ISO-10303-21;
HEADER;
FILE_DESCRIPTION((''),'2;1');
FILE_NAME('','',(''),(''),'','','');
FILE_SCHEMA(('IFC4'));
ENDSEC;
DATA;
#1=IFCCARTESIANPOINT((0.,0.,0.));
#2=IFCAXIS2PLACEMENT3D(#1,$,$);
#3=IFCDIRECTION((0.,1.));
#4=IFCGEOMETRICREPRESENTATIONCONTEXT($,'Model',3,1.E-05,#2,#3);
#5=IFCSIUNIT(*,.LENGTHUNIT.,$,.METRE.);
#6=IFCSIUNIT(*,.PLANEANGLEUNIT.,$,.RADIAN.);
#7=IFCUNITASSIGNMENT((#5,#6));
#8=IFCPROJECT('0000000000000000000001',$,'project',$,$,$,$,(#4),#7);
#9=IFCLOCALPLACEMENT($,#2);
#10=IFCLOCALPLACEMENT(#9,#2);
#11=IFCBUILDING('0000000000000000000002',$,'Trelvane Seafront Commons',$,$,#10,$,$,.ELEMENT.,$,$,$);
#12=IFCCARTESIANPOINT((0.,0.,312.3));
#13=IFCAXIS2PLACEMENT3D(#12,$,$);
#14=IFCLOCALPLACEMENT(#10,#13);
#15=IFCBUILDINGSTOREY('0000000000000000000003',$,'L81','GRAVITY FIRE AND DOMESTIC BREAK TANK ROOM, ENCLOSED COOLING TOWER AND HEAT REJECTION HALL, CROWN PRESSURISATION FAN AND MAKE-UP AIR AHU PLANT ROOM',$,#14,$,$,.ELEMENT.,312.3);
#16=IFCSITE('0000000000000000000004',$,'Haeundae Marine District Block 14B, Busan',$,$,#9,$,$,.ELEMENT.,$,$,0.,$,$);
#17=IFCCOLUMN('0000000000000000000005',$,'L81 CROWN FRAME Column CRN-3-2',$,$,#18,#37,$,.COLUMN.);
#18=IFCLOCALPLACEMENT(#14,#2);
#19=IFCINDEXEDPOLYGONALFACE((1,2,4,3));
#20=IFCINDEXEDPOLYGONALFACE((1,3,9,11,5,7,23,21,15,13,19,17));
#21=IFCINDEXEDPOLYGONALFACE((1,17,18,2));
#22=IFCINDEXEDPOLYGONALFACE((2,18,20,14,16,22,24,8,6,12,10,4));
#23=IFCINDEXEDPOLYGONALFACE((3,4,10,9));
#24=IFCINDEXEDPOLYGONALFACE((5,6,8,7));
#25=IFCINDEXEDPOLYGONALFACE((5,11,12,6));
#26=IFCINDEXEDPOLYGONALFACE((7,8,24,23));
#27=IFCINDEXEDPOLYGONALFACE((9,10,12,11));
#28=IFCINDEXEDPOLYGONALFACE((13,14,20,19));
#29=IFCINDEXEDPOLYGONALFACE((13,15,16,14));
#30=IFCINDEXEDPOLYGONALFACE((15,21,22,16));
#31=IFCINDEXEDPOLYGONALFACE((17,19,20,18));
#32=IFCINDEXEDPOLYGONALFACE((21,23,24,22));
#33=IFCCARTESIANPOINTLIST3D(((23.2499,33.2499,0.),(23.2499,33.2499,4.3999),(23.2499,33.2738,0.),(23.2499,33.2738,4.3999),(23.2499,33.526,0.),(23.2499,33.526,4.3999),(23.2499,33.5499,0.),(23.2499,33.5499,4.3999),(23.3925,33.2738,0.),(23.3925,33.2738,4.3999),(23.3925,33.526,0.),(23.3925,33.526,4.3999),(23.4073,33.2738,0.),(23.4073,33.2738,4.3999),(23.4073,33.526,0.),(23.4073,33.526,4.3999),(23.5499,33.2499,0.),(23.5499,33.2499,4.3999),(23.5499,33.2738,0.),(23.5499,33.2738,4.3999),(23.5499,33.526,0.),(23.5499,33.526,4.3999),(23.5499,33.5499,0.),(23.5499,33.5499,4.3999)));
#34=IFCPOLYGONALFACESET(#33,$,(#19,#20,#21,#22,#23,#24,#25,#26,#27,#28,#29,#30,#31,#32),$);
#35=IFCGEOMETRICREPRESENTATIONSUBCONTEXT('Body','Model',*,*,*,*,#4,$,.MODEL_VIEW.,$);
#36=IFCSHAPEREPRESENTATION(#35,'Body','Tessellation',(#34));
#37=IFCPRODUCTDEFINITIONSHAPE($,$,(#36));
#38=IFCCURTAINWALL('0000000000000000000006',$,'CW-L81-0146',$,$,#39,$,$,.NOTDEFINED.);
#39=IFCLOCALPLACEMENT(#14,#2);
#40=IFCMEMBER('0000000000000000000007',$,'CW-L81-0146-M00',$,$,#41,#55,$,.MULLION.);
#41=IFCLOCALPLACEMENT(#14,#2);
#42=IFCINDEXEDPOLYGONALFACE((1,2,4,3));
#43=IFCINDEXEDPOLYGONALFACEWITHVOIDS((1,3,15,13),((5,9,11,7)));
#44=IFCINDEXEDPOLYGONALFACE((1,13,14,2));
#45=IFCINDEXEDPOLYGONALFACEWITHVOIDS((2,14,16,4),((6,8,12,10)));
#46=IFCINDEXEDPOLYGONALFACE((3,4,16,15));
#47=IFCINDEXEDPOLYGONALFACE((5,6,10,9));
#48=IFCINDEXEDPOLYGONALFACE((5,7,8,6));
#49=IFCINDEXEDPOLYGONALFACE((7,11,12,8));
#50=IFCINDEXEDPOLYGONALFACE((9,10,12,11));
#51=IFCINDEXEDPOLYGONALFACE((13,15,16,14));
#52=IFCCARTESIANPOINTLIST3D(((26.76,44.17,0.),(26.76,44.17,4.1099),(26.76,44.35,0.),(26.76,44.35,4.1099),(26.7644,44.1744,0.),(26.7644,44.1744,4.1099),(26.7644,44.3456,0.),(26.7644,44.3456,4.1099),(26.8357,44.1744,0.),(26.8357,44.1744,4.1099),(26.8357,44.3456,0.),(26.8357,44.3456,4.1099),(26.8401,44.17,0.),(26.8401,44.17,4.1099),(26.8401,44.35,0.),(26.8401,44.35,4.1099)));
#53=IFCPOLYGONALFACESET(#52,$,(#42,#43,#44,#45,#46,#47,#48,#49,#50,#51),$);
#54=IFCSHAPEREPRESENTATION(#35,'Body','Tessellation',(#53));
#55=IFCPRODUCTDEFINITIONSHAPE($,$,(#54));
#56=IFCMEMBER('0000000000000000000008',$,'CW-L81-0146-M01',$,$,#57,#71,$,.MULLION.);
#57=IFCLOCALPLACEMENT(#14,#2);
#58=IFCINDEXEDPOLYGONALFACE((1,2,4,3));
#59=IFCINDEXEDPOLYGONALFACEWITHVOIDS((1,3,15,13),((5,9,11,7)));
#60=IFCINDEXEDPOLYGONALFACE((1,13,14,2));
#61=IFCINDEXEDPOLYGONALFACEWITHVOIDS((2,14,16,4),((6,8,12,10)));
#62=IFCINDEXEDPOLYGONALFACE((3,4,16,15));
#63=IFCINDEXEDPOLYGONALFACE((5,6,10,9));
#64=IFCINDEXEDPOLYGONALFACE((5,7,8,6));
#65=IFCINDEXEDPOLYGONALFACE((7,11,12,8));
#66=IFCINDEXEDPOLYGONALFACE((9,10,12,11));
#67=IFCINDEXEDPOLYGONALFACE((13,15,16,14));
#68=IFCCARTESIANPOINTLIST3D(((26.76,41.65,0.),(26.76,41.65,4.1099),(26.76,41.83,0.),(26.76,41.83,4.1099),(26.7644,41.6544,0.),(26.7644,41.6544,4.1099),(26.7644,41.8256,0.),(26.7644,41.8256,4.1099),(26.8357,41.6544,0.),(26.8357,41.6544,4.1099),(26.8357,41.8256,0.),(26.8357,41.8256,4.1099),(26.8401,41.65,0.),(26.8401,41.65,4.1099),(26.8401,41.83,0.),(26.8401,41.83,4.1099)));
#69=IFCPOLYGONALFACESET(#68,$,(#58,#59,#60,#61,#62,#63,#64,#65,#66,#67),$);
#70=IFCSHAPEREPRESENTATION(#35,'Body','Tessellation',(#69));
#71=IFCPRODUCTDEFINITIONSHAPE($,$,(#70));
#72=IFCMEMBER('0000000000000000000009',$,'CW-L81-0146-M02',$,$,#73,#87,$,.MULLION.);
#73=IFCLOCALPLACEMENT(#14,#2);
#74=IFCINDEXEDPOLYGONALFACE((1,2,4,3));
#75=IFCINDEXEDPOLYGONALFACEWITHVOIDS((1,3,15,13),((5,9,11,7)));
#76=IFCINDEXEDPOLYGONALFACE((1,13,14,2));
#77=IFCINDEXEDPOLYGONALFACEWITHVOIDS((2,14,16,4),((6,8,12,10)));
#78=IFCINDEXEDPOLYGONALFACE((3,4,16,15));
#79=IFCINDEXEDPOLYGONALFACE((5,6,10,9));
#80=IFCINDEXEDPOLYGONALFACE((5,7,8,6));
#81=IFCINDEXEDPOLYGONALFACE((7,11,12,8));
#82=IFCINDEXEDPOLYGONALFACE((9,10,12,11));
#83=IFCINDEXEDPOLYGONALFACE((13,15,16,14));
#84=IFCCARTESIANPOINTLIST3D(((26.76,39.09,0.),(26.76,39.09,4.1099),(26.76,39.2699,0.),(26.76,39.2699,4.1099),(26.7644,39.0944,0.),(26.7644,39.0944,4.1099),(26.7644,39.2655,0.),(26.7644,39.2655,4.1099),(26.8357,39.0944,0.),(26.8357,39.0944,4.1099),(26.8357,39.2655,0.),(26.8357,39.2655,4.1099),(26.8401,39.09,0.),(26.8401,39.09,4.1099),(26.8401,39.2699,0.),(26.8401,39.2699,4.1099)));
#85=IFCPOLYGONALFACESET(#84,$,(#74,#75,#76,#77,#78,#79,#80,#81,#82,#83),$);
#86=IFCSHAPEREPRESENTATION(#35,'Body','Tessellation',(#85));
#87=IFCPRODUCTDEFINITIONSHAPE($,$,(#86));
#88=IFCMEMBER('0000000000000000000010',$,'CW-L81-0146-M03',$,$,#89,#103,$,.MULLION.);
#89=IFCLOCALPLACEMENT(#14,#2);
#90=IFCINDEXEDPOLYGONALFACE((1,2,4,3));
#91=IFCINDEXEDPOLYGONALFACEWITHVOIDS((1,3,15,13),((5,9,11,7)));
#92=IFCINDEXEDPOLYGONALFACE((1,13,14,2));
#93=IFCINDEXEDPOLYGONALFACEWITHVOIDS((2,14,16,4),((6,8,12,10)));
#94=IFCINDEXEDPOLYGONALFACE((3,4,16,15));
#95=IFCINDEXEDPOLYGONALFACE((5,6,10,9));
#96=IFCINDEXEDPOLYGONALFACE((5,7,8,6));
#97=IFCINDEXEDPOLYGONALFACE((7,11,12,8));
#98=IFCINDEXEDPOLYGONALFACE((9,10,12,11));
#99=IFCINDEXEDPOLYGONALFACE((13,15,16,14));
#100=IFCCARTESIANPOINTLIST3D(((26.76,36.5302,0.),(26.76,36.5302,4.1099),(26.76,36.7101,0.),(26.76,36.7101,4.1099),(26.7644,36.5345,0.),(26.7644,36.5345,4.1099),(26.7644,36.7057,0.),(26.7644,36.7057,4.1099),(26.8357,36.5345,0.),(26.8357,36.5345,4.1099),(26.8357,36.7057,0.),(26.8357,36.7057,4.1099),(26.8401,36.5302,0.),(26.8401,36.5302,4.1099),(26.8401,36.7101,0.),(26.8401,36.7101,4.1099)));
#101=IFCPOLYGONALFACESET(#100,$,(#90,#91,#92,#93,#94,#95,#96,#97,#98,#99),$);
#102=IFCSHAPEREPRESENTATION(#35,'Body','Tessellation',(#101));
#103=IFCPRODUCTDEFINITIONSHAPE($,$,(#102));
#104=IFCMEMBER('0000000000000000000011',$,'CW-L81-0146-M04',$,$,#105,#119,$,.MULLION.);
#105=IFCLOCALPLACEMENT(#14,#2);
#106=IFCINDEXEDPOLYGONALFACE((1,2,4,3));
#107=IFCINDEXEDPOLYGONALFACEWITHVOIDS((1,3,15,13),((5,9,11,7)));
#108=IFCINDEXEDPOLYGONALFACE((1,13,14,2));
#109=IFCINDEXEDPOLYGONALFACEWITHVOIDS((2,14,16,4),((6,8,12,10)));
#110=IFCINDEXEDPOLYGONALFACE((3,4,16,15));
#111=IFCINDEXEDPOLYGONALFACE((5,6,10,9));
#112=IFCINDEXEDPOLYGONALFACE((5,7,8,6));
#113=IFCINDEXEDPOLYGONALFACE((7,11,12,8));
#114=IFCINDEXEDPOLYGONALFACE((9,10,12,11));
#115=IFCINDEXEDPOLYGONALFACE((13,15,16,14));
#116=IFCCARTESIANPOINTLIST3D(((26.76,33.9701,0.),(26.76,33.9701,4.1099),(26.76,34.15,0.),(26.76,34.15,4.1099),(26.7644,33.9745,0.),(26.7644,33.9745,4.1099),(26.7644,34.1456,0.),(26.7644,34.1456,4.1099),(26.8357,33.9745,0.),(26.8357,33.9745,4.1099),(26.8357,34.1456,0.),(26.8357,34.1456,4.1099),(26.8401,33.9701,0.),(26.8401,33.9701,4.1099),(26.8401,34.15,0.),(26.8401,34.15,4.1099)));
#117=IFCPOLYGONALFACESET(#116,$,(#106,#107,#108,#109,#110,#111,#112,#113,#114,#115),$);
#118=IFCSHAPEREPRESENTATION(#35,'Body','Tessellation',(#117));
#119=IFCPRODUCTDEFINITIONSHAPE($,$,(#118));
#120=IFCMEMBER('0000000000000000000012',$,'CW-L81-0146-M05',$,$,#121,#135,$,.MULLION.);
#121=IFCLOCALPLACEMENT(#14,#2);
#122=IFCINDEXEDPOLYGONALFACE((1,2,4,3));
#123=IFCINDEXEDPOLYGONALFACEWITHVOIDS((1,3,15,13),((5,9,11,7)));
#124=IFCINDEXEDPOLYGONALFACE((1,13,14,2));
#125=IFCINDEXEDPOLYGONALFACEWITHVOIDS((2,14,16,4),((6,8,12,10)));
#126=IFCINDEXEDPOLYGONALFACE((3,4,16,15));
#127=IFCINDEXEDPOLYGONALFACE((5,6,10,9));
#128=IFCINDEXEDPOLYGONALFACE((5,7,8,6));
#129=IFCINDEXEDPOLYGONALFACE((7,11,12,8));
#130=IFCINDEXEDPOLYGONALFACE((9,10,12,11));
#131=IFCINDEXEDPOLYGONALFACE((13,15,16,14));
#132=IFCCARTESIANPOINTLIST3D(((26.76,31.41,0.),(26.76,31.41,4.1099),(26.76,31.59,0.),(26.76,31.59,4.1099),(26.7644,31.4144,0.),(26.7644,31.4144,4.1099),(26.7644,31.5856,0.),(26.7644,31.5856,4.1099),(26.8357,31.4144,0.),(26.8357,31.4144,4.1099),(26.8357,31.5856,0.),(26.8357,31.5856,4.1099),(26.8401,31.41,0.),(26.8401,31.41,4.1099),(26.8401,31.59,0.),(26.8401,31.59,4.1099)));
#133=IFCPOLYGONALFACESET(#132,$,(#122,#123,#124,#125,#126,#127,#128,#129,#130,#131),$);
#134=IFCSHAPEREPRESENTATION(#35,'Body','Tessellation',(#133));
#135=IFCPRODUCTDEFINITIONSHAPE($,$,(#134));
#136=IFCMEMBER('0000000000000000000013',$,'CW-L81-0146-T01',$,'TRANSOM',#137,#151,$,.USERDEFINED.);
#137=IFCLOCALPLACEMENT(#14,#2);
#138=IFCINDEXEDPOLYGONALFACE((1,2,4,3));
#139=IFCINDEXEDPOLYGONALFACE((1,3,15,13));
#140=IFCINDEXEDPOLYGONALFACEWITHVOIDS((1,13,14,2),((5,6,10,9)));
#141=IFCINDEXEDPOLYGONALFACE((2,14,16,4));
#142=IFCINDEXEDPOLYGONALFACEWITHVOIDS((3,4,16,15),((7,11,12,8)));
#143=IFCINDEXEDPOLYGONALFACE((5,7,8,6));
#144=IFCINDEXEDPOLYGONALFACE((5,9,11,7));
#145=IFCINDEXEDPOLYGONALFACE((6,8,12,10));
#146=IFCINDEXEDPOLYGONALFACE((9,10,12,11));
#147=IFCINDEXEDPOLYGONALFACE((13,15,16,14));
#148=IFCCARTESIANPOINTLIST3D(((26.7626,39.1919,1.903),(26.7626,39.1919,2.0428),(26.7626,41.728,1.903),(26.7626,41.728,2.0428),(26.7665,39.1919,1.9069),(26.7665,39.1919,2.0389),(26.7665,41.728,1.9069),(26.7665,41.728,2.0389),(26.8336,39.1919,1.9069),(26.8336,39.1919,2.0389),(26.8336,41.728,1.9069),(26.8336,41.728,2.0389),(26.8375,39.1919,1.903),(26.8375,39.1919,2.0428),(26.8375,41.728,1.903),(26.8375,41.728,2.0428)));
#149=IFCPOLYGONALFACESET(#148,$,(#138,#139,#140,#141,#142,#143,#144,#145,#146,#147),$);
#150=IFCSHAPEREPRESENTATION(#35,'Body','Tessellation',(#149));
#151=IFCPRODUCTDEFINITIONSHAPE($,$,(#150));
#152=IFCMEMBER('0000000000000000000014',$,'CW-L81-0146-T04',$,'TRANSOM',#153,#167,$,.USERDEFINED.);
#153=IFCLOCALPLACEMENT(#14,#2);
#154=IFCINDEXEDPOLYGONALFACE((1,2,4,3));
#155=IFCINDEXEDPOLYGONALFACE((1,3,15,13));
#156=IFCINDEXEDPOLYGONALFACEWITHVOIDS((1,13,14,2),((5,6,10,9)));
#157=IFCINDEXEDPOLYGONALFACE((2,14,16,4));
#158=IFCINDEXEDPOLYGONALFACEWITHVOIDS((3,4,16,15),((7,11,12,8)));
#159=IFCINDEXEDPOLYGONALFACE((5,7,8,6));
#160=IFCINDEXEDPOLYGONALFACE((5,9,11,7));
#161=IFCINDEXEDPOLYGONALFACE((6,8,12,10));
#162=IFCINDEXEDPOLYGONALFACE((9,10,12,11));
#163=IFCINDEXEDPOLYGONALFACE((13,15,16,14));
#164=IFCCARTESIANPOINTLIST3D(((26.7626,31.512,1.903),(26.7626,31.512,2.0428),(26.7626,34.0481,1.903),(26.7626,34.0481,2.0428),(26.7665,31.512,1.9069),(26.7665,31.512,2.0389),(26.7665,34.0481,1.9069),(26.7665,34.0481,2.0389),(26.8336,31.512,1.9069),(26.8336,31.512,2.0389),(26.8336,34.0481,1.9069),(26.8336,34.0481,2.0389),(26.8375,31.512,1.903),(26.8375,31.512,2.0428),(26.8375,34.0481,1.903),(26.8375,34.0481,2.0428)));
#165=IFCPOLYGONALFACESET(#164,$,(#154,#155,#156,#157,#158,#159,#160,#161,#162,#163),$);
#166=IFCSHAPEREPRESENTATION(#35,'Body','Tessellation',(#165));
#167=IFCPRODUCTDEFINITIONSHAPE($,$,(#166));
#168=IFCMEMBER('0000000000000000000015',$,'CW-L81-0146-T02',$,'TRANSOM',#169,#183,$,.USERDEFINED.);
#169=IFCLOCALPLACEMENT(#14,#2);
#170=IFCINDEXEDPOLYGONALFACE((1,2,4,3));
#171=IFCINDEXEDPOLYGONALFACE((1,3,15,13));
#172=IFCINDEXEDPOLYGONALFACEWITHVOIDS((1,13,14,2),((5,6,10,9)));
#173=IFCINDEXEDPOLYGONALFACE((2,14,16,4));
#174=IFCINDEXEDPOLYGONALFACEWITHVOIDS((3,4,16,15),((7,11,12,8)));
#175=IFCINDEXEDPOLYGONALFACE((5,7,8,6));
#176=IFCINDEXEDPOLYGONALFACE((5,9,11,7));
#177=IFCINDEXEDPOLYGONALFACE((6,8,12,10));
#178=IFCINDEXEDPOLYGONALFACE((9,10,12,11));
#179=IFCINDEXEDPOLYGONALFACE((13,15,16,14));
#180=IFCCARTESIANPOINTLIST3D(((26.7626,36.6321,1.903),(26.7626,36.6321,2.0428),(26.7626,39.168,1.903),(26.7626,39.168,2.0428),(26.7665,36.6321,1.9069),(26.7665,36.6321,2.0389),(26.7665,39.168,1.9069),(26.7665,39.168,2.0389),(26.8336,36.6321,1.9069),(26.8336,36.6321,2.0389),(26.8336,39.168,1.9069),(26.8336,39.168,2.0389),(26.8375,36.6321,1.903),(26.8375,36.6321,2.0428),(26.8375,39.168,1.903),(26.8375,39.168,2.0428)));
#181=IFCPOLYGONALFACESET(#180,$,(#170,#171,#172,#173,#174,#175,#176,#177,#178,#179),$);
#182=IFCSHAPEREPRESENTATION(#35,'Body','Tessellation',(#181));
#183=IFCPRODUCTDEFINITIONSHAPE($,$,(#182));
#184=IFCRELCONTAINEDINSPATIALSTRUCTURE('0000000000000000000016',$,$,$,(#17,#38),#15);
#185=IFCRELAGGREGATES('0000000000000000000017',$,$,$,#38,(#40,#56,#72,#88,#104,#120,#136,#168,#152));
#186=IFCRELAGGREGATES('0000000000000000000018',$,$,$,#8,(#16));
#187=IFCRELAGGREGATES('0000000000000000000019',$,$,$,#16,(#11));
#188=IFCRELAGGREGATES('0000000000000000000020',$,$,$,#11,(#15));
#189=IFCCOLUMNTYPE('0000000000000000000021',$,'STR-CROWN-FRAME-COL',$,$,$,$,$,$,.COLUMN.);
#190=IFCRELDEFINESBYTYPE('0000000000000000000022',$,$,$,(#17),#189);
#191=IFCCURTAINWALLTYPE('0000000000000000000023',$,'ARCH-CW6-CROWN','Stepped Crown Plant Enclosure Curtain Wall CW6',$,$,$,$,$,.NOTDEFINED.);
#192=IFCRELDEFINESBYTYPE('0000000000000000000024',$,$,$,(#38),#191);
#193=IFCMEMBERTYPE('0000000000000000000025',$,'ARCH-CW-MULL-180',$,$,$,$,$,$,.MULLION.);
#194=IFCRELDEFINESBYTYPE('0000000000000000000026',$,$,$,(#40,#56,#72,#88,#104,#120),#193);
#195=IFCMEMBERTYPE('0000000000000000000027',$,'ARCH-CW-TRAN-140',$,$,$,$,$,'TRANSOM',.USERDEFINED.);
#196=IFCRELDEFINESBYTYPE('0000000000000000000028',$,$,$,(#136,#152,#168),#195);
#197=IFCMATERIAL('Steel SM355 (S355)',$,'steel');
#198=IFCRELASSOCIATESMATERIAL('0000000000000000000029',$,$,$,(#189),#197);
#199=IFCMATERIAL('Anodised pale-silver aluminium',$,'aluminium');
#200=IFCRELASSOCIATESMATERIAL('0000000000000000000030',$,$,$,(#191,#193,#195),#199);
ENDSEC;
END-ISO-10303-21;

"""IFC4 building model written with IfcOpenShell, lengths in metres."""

from ifc_helpers import new_model, si_unit, direction, frame, origin, origin_2d, place, context, subcontext, project, spatial, hollow_rectangle, i_section, extrude, source, transform, mapped, material, material_profile, profile_set, type_object, element, aggregate, save


model = new_model("IFC4")

# Units and contexts
model_context = context("Model", 3, precision=1e-05, world=origin(), true_north=direction((0.0, 1.0)))
body_context = subcontext(model_context, "Body", "Model", "MODEL_VIEW")
ifc_project = project(units=[si_unit("LENGTHUNIT", "METRE"), si_unit("PLANEANGLEUNIT", "RADIAN")], contexts=[model_context])

# Site, building, storey
site_placement = place(None, origin())
site = spatial("IfcSite", under=ifc_project, at=site_placement, Name="Haeundae Marine District Block 14B, Busan", CompositionType="ELEMENT", RefElevation=0.0)
building_placement = place(site_placement, origin())
building = spatial("IfcBuilding", under=site, at=building_placement, Name="Trelvane Seafront Commons", CompositionType="ELEMENT")
storey_placement = place(building_placement, frame((0.0, 0.0, 312.3)))
storey = spatial("IfcBuildingStorey", under=building, at=storey_placement, Name="L81", Description="GRAVITY FIRE AND DOMESTIC BREAK TANK ROOM, ENCLOSED COOLING TOWER AND HEAT REJECTION HALL, CROWN PRESSURISATION FAN AND MAKE-UP AIR AHU PLANT ROOM", CompositionType="ELEMENT", Elevation=312.3)

# Column
ifc_material_1 = material(Name="Steel SM355 (S355)", Category="steel")
ifc_material_profile_1 = material_profile(ifc_material_1, i_section(OverallWidth=0.3, OverallDepth=0.3, WebThickness=0.0149, FlangeThickness=0.0239, at=origin_2d()), Name="HD-300x300x15x24")
ifc_profile_set_1 = profile_set([ifc_material_profile_1], Name="Steel SM355 (S355)")
column_type = type_object("IfcColumnType", Name="STR-CROWN-FRAME-COL", PredefinedType="COLUMN", material=ifc_profile_set_1)
shared_shape_1 = source(origin(), body_context, "Body", "SweptSolid", [
    extrude(i_section(OverallWidth=0.3, OverallDepth=0.3, WebThickness=0.0149, FlangeThickness=0.0239, at=origin_2d()), origin(), (0.0, 0.0, 1.0), 4.3999),
])
column_placement = place(storey_placement, frame((23.3999, 33.3999, 0.0), z_axis=(0.0, 0.0, 1.0), x_axis=(1.0, 0.0, 0.0)))
element("IfcColumn", 1, at=column_placement, inside=storey, type_object=column_type, Name="L81 CROWN FRAME Column CRN-3-2", PredefinedType="COLUMN", context=body_context, shape_type="MappedRepresentation", body=[
    mapped(shared_shape_1, transform((0.0, 0.0, 0.0), x_axis=(1.0, 0.0, 0.0), y_axis=(0.0, 1.0, 0.0), z_axis=(0.0, 0.0, 1.0), scale=1.0)),
])

# Curtain wall, members
ifc_material_2 = material(Name="Anodised pale-silver aluminium", Category="aluminium")
curtain_wall_type = type_object("IfcCurtainWallType", Name="ARCH-CW6-CROWN", Description="Stepped Crown Plant Enclosure Curtain Wall CW6", PredefinedType="NOTDEFINED", material=ifc_material_2)
curtain_wall_placement = place(storey_placement, origin())
curtain_wall = element("IfcCurtainWall", 2, at=curtain_wall_placement, inside=storey, type_object=curtain_wall_type, Name="CW-L81-0146", PredefinedType="NOTDEFINED")
ifc_material_profile_2 = material_profile(ifc_material_2, hollow_rectangle(XDim=0.0801, YDim=0.1799, WallThickness=0.0044, at=origin_2d()), Name="MULL-80x180x4.5")
ifc_profile_set_2 = profile_set([ifc_material_profile_2], Name="Anodised pale-silver aluminium")
member_type_1 = type_object("IfcMemberType", Name="ARCH-CW-MULL-180", PredefinedType="MULLION", material=ifc_profile_set_2)
shared_shape_2 = source(origin(), body_context, "Body", "SweptSolid", [
    extrude(hollow_rectangle(XDim=0.0801, YDim=0.1799, WallThickness=0.0044, at=origin_2d()), origin(), (0.0, 0.0, 1.0), 4.1099),
])
member_1_placement = place(storey_placement, frame((26.8, 44.26, 0.0), z_axis=(0.0, 0.0, 1.0), x_axis=(1.0, 0.0, 0.0)))
member_1 = element("IfcMember", 3, at=member_1_placement, type_object=member_type_1, Name="CW-L81-0146-M00", PredefinedType="MULLION", context=body_context, shape_type="MappedRepresentation", body=[
    mapped(shared_shape_2, transform((0.0, 0.0, 0.0), x_axis=(1.0, 0.0, 0.0), y_axis=(0.0, 1.0, 0.0), z_axis=(0.0, 0.0, 1.0), scale=1.0)),
])
member_2_placement = place(storey_placement, frame((26.8, 41.74, 0.0), z_axis=(0.0, 0.0, 1.0), x_axis=(1.0, 0.0, 0.0)))
member_2 = element("IfcMember", 4, at=member_2_placement, type_object=member_type_1, Name="CW-L81-0146-M01", PredefinedType="MULLION", context=body_context, shape_type="MappedRepresentation", body=[
    mapped(shared_shape_2, transform((0.0, 0.0, 0.0), x_axis=(1.0, 0.0, 0.0), y_axis=(0.0, 1.0, 0.0), z_axis=(0.0, 0.0, 1.0), scale=1.0)),
])
member_3_placement = place(storey_placement, frame((26.8, 39.1799, 0.0), z_axis=(0.0, 0.0, 1.0), x_axis=(1.0, 0.0, 0.0)))
member_3 = element("IfcMember", 5, at=member_3_placement, type_object=member_type_1, Name="CW-L81-0146-M02", PredefinedType="MULLION", context=body_context, shape_type="MappedRepresentation", body=[
    mapped(shared_shape_2, transform((0.0, 0.0, 0.0), x_axis=(1.0, 0.0, 0.0), y_axis=(0.0, 1.0, 0.0), z_axis=(0.0, 0.0, 1.0), scale=1.0)),
])
member_4_placement = place(storey_placement, frame((26.8, 36.6201, 0.0), z_axis=(0.0, 0.0, 1.0), x_axis=(1.0, 0.0, 0.0)))
member_4 = element("IfcMember", 6, at=member_4_placement, type_object=member_type_1, Name="CW-L81-0146-M03", PredefinedType="MULLION", context=body_context, shape_type="MappedRepresentation", body=[
    mapped(shared_shape_2, transform((0.0, 0.0, 0.0), x_axis=(1.0, 0.0, 0.0), y_axis=(0.0, 1.0, 0.0), z_axis=(0.0, 0.0, 1.0), scale=1.0)),
])
member_5_placement = place(storey_placement, frame((26.8, 34.0601, 0.0), z_axis=(0.0, 0.0, 1.0), x_axis=(1.0, 0.0, 0.0)))
member_5 = element("IfcMember", 7, at=member_5_placement, type_object=member_type_1, Name="CW-L81-0146-M04", PredefinedType="MULLION", context=body_context, shape_type="MappedRepresentation", body=[
    mapped(shared_shape_2, transform((0.0, 0.0, 0.0), x_axis=(1.0, 0.0, 0.0), y_axis=(0.0, 1.0, 0.0), z_axis=(0.0, 0.0, 1.0), scale=1.0)),
])
member_6_placement = place(storey_placement, frame((26.8, 31.5, 0.0), z_axis=(0.0, 0.0, 1.0), x_axis=(1.0, 0.0, 0.0)))
member_6 = element("IfcMember", 8, at=member_6_placement, type_object=member_type_1, Name="CW-L81-0146-M05", PredefinedType="MULLION", context=body_context, shape_type="MappedRepresentation", body=[
    mapped(shared_shape_2, transform((0.0, 0.0, 0.0), x_axis=(1.0, 0.0, 0.0), y_axis=(0.0, 1.0, 0.0), z_axis=(0.0, 0.0, 1.0), scale=1.0)),
])
ifc_material_profile_3 = material_profile(ifc_material_2, hollow_rectangle(XDim=0.075, YDim=0.1399, WallThickness=0.0039, at=origin_2d()), Name="TRAN-75x140x4")
ifc_profile_set_3 = profile_set([ifc_material_profile_3], Name="Anodised pale-silver aluminium")
member_type_2 = type_object("IfcMemberType", Name="ARCH-CW-TRAN-140", ElementType="TRANSOM", PredefinedType="USERDEFINED", material=ifc_profile_set_3)
shared_shape_3 = source(origin(), body_context, "Body", "SweptSolid", [
    extrude(hollow_rectangle(XDim=0.075, YDim=0.1399, WallThickness=0.0039, at=origin_2d()), origin(), (0.0, 0.0, 1.0), 2.5361),
])
member_7_placement = place(storey_placement, frame((26.8, 41.728, 1.9729), z_axis=(0.0, -1.0, 0.0), x_axis=(1.0, 0.0, 0.0)))
member_7 = element("IfcMember", 9, at=member_7_placement, type_object=member_type_2, Name="CW-L81-0146-T01", ObjectType="TRANSOM", PredefinedType="USERDEFINED", context=body_context, shape_type="MappedRepresentation", body=[
    mapped(shared_shape_3, transform((0.0, 0.0, 0.0), x_axis=(1.0, 0.0, 0.0), y_axis=(0.0, 1.0, 0.0), z_axis=(0.0, 0.0, 1.0), scale=1.0)),
])
member_8_placement = place(storey_placement, frame((26.8, 34.0481, 1.9729), z_axis=(0.0, -1.0, 0.0), x_axis=(1.0, 0.0, 0.0)))
member_8 = element("IfcMember", 10, at=member_8_placement, type_object=member_type_2, Name="CW-L81-0146-T04", ObjectType="TRANSOM", PredefinedType="USERDEFINED", context=body_context, shape_type="MappedRepresentation", body=[
    mapped(shared_shape_3, transform((0.0, 0.0, 0.0), x_axis=(1.0, 0.0, 0.0), y_axis=(0.0, 1.0, 0.0), z_axis=(0.0, 0.0, 1.0), scale=1.0)),
])
shared_shape_4 = source(origin(), body_context, "Body", "SweptSolid", [
    extrude(hollow_rectangle(XDim=0.075, YDim=0.1399, WallThickness=0.0039, at=origin_2d()), origin(), (0.0, 0.0, 1.0), 2.5359),
])
member_9_placement = place(storey_placement, frame((26.8, 39.168, 1.9729), z_axis=(0.0, -1.0, 0.0), x_axis=(1.0, 0.0, 0.0)))
member_9 = element("IfcMember", 11, at=member_9_placement, type_object=member_type_2, Name="CW-L81-0146-T02", ObjectType="TRANSOM", PredefinedType="USERDEFINED", context=body_context, shape_type="MappedRepresentation", body=[
    mapped(shared_shape_4, transform((0.0, 0.0, 0.0), x_axis=(1.0, 0.0, 0.0), y_axis=(0.0, 1.0, 0.0), z_axis=(0.0, 0.0, 1.0), scale=1.0)),
])
aggregate(curtain_wall, [member_1, member_2, member_3, member_4, member_5, member_6, member_7, member_9, member_8])

save(model, "model.ifc")
